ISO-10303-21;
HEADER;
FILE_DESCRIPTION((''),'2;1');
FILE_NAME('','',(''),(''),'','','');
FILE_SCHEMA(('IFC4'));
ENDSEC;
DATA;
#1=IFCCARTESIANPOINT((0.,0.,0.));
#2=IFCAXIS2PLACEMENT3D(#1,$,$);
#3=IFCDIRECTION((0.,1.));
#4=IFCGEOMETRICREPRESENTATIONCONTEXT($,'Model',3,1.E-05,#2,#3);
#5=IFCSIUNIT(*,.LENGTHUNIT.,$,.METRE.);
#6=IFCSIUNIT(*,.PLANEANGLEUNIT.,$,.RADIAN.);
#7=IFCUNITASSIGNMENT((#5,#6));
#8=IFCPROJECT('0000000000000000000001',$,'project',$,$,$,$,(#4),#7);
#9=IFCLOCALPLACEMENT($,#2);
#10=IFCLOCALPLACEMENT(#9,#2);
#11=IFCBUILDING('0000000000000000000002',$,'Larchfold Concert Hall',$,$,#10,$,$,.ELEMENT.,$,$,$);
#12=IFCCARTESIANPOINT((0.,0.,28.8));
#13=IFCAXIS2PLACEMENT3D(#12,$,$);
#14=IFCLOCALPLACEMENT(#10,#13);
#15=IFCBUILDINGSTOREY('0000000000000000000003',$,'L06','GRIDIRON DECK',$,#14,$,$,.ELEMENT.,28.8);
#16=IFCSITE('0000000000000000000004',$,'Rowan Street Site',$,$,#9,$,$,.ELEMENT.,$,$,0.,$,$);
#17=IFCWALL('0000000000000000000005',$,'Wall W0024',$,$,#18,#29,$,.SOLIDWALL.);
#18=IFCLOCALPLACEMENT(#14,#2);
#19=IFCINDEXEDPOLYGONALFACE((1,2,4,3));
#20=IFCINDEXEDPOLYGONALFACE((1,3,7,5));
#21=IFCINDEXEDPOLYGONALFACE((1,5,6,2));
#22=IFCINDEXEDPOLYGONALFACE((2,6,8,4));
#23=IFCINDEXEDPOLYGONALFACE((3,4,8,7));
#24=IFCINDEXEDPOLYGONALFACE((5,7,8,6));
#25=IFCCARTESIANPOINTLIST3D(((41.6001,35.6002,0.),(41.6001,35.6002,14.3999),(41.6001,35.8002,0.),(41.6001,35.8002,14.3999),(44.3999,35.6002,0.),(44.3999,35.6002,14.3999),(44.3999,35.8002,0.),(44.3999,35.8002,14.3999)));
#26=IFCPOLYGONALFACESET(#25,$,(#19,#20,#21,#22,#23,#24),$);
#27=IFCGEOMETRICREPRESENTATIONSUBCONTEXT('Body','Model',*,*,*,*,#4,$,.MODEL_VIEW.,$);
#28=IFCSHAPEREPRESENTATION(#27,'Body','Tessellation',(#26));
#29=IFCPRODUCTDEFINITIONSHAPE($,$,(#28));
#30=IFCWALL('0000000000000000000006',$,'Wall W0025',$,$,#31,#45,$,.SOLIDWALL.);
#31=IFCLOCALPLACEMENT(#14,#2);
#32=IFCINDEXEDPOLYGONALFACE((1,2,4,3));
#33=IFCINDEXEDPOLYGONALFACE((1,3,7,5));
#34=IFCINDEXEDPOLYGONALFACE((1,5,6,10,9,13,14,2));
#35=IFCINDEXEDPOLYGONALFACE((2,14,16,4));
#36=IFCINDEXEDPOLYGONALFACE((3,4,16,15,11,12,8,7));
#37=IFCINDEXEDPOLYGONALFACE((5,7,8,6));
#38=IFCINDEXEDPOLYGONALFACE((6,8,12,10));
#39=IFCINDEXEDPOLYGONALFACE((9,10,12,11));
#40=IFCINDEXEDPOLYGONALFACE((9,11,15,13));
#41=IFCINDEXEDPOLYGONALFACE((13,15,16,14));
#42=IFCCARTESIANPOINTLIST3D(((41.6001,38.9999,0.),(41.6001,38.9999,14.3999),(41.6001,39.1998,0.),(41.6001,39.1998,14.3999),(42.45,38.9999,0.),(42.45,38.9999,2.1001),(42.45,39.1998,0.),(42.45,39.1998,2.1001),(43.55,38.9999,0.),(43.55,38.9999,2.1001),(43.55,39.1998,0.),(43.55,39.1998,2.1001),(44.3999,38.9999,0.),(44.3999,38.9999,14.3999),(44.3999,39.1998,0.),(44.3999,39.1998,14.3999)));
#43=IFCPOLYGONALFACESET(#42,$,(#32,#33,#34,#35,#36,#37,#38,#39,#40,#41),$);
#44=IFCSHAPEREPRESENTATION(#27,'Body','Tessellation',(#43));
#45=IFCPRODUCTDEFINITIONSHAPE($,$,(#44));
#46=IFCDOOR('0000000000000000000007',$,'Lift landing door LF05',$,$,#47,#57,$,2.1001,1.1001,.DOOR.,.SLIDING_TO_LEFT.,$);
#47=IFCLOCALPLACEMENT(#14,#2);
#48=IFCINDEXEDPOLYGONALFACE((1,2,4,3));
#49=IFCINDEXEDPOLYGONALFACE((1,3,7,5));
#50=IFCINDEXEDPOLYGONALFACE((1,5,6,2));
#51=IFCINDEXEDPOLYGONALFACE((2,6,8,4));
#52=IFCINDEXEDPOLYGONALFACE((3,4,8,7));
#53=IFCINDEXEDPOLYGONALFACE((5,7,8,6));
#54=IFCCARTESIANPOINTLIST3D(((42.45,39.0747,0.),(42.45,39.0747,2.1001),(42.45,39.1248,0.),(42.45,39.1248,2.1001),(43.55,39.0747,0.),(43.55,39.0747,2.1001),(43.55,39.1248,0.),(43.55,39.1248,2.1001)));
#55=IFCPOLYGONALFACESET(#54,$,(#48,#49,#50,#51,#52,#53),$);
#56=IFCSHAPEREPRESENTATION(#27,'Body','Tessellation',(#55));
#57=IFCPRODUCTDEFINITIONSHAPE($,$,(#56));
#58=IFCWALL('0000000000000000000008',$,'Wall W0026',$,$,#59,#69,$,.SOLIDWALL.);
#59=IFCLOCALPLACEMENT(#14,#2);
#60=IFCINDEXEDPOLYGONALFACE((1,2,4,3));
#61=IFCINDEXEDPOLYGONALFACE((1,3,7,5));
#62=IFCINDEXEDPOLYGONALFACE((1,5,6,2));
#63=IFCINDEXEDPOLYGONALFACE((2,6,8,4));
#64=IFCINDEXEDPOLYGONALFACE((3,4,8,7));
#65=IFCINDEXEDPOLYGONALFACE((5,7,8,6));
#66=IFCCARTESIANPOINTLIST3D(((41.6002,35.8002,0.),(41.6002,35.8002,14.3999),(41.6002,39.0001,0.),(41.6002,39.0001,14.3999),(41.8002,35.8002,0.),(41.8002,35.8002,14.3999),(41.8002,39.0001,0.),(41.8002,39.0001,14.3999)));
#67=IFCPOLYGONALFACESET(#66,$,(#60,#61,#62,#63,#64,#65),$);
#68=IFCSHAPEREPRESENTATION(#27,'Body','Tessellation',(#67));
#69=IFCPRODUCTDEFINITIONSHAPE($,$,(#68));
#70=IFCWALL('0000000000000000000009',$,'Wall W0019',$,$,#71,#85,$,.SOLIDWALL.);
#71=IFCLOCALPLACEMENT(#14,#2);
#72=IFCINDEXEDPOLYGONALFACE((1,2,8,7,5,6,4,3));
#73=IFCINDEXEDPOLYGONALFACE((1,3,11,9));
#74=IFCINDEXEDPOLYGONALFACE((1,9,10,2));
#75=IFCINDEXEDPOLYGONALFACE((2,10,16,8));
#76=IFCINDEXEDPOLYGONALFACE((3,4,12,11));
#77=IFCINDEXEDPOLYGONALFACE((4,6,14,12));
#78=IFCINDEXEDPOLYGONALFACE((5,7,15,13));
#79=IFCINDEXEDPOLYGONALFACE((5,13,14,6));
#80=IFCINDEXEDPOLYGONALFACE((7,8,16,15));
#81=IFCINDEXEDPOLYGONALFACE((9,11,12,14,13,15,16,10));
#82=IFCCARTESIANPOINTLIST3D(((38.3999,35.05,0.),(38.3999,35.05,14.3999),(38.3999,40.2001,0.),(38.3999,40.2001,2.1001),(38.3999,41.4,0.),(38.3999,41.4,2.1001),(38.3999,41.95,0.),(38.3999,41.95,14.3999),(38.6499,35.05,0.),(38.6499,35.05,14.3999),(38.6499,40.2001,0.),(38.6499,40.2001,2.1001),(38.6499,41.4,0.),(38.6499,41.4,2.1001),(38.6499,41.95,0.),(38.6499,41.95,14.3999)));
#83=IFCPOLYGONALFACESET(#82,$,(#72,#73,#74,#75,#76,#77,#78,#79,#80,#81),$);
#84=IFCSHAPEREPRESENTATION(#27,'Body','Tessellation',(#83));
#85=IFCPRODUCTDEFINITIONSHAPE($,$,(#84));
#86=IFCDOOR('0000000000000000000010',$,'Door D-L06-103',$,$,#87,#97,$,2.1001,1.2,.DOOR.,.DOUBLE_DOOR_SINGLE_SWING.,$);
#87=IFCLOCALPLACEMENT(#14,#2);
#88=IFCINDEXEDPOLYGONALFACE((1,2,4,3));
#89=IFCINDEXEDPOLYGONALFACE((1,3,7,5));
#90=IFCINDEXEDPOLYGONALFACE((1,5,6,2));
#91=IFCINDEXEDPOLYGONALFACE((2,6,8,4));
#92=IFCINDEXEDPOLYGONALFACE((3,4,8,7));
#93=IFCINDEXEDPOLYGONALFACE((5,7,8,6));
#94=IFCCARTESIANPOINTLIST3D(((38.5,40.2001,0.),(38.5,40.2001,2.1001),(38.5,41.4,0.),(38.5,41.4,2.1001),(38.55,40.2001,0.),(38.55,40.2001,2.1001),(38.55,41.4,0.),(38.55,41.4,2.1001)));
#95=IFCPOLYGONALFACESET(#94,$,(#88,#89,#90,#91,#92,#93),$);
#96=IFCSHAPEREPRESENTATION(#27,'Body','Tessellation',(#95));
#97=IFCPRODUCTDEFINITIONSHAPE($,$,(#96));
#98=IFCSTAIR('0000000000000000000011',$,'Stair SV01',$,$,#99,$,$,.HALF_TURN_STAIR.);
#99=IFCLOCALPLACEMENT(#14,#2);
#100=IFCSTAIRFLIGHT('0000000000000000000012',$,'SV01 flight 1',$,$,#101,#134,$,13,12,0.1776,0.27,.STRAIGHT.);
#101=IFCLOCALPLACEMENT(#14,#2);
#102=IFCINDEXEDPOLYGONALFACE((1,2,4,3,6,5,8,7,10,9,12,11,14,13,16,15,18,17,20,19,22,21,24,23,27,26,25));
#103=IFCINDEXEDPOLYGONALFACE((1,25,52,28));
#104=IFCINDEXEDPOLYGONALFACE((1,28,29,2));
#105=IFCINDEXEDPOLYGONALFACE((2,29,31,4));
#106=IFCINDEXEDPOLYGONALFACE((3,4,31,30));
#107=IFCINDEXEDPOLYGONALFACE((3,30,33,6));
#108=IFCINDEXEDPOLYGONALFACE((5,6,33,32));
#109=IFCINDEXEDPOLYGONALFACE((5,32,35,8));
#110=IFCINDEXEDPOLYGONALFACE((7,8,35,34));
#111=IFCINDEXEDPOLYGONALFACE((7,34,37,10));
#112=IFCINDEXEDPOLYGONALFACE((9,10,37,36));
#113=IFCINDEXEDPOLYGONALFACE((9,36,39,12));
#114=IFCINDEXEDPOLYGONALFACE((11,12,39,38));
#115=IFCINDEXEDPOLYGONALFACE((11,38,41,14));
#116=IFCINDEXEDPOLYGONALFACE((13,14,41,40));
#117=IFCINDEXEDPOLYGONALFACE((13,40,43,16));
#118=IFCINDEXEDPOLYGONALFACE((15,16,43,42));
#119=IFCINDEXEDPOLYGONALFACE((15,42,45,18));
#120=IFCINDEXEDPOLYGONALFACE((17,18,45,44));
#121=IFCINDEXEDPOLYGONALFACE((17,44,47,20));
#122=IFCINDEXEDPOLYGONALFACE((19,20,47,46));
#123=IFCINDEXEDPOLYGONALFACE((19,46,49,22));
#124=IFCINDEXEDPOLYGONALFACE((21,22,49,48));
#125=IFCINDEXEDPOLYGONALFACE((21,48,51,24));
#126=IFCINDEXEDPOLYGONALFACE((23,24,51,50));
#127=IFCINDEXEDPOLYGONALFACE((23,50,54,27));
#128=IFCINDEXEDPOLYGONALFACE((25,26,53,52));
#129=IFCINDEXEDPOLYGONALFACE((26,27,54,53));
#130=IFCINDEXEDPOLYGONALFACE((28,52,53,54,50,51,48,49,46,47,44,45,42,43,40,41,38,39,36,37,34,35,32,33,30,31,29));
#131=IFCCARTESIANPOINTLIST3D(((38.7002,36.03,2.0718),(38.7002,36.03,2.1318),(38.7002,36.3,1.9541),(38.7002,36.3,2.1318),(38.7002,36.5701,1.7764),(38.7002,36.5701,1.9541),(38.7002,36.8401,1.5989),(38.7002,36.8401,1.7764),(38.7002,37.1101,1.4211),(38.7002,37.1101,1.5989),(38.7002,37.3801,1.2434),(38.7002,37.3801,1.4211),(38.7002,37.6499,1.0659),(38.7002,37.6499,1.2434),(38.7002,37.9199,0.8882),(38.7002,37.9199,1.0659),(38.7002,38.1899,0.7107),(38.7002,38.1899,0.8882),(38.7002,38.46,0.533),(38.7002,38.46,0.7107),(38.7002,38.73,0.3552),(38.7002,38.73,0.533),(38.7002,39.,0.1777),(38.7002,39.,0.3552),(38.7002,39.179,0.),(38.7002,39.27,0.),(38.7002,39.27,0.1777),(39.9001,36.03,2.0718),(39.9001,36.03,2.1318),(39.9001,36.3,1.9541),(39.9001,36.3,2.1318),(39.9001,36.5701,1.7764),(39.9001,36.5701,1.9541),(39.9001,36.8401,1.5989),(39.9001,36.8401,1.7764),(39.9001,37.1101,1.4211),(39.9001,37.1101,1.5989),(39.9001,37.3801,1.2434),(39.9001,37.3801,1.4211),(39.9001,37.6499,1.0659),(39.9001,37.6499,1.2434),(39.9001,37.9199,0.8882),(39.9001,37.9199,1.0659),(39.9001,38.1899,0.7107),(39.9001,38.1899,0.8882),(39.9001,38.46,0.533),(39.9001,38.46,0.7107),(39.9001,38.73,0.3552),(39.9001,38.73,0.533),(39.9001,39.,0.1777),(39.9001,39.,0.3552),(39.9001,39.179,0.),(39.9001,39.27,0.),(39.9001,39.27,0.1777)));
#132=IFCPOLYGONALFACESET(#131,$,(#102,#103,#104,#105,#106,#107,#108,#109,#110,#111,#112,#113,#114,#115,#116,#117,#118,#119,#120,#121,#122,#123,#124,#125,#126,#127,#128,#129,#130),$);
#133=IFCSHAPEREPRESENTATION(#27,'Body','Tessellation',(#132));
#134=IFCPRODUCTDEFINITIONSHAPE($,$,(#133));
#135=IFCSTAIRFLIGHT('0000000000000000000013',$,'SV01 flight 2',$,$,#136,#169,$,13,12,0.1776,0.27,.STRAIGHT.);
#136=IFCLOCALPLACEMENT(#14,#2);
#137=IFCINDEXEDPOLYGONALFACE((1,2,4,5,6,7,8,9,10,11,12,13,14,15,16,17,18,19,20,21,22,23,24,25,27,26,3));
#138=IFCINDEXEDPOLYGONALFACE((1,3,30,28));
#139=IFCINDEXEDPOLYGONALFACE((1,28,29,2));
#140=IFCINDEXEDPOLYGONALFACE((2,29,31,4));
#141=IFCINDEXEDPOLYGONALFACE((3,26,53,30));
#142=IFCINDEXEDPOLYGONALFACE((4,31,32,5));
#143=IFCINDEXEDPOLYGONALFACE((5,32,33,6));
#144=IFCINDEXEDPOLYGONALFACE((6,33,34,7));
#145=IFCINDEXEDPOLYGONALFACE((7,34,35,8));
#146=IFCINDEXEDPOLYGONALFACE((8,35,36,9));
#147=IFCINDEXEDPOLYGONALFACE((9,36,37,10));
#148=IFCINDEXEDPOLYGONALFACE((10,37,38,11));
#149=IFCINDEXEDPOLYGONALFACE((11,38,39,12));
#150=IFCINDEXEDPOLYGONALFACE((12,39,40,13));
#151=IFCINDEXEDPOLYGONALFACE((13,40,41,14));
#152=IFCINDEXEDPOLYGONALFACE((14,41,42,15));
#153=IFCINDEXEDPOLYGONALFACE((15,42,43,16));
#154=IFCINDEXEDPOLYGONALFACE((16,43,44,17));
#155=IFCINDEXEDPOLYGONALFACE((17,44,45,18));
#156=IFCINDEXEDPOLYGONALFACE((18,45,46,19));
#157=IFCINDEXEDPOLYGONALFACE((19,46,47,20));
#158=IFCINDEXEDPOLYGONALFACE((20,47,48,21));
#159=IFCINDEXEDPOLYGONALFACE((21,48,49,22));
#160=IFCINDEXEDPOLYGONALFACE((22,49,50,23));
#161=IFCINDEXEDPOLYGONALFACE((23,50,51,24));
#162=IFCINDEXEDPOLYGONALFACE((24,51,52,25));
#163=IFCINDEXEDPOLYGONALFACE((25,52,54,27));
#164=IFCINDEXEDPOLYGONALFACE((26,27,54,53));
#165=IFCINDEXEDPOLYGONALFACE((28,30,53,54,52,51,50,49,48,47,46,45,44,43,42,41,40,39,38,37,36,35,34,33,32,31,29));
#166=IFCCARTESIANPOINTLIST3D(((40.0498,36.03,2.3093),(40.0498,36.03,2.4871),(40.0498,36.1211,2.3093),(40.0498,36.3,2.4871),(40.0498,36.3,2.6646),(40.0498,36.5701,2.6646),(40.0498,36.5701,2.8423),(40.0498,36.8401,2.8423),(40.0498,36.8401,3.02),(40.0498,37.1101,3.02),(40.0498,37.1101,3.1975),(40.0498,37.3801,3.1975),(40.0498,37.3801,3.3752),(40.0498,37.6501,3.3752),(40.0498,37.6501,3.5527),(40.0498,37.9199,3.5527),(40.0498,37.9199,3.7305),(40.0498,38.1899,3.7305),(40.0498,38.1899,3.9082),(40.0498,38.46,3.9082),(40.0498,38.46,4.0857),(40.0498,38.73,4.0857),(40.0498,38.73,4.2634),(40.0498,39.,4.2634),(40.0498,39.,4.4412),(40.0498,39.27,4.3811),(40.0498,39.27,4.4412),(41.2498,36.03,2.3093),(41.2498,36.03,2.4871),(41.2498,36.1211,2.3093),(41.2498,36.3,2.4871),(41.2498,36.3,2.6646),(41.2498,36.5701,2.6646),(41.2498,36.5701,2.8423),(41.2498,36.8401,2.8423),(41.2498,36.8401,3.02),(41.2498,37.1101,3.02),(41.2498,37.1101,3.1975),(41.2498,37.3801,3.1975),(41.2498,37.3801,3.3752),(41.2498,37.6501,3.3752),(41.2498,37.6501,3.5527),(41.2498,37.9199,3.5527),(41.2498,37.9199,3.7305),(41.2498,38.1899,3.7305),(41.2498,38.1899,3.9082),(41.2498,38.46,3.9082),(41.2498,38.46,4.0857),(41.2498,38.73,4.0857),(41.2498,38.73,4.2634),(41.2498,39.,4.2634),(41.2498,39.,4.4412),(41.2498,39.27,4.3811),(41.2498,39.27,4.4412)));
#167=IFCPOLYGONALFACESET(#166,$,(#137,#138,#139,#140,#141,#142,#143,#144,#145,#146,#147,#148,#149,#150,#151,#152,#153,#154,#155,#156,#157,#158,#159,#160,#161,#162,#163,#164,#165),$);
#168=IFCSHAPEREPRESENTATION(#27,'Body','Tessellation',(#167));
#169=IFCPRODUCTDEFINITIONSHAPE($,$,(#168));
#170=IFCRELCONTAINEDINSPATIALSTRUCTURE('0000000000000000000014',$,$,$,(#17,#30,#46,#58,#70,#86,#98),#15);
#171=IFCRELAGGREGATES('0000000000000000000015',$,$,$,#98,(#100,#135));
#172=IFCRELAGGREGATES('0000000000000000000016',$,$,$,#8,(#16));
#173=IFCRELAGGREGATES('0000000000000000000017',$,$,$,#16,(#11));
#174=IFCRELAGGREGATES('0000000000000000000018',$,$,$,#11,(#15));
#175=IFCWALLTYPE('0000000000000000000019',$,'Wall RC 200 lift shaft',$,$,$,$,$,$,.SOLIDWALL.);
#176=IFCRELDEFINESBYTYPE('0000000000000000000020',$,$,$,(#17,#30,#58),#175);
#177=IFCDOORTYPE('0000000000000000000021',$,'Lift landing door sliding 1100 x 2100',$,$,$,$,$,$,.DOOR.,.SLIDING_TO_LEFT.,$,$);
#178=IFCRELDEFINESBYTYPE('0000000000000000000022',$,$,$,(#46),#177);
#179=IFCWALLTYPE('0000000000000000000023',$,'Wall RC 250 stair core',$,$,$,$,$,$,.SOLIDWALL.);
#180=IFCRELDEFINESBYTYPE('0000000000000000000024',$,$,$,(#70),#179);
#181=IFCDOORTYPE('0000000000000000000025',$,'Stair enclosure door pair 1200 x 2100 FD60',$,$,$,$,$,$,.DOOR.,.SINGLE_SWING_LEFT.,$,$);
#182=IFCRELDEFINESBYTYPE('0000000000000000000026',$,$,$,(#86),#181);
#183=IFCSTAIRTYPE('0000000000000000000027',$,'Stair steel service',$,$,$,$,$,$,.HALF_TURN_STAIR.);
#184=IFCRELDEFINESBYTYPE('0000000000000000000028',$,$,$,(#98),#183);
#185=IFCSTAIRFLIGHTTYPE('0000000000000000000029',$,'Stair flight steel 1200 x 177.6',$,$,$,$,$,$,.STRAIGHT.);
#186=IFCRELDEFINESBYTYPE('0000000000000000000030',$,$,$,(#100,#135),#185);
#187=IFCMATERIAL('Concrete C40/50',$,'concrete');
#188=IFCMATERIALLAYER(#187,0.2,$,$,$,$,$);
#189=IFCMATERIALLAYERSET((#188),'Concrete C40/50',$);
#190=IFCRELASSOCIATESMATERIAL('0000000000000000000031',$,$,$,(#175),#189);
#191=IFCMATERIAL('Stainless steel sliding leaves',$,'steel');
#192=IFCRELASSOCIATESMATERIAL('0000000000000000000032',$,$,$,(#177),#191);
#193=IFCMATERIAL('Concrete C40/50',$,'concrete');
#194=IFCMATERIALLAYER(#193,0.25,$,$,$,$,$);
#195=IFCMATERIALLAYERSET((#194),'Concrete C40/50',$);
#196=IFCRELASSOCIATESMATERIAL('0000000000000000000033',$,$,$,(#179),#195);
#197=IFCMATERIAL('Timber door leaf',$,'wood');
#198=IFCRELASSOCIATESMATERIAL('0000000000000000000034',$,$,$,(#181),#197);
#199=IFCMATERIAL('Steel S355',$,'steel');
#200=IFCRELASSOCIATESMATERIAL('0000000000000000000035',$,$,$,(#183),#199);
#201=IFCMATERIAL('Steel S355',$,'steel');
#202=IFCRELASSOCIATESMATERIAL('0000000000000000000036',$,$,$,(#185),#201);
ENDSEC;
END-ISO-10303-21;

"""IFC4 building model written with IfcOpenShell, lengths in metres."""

from ifc_helpers import new_model, si_unit, direction, frame, frame_2d, origin, place, context, subcontext, project, spatial, polyline, rectangle, outline, extrude, material, layer, layer_set, type_object, element, fill, aggregate, save


model = new_model("IFC4")

# Units and contexts
model_context = context("Model", 3, precision=1e-05, world=origin(), true_north=direction((0.0, 1.0)))
body_context = subcontext(model_context, "Body", "Model", "MODEL_VIEW")
ifc_project = project(units=[si_unit("LENGTHUNIT", "METRE"), si_unit("PLANEANGLEUNIT", "RADIAN")], contexts=[model_context])

# Site, building, storey
site_placement = place(None, origin())
site = spatial("IfcSite", under=ifc_project, at=site_placement, Name="Rowan Street Site", CompositionType="ELEMENT", RefElevation=0.0)
building_placement = place(site_placement, origin())
building = spatial("IfcBuilding", under=site, at=building_placement, Name="Larchfold Concert Hall", CompositionType="ELEMENT")
storey_placement = place(building_placement, frame((0.0, 0.0, 28.8)))
storey = spatial("IfcBuildingStorey", under=building, at=storey_placement, Name="L06", Description="GRIDIRON DECK", CompositionType="ELEMENT", Elevation=28.8)

# Wall
ifc_material_1 = material(Name="Concrete C40/50", Category="concrete")
ifc_layer_1 = layer(ifc_material_1, 0.2)
ifc_layer_set_1 = layer_set([ifc_layer_1], Name="Concrete C40/50")
wall_type_1 = type_object("IfcWallType", Name="Wall RC 200 lift shaft", PredefinedType="SOLIDWALL", material=ifc_layer_set_1)
wall_1_placement = place(storey_placement, frame((41.6001, 35.7002, 0.0), z_axis=(0.0, 0.0, 1.0), x_axis=(1.0, 0.0, 0.0)))
element("IfcWall", 1, at=wall_1_placement, inside=storey, type_object=wall_type_1, Name="Wall W0024", PredefinedType="SOLIDWALL", context=body_context, shape_type="SweptSolid", body=[
    extrude(rectangle(XDim=2.7998, YDim=0.2, at=frame_2d((1.3999, 0.0))), origin(), (0.0, 0.0, 1.0), 14.3999),
])

# Wall, opening, door
wall_2_placement = place(storey_placement, frame((41.6001, 39.0999, 0.0), z_axis=(0.0, 0.0, 1.0), x_axis=(1.0, 0.0, 0.0)))
wall_2 = element("IfcWall", 2, at=wall_2_placement, inside=storey, type_object=wall_type_1, Name="Wall W0025", PredefinedType="SOLIDWALL", context=body_context, shape_type="SweptSolid", body=[
    extrude(rectangle(XDim=2.7998, YDim=0.2, at=frame_2d((1.3999, 0.0))), origin(), (0.0, 0.0, 1.0), 14.3999),
])
opening_1_placement = place(wall_2_placement, frame((0.8499, 0.0, 0.0)))
opening_1 = element("IfcOpeningElement", 3, at=opening_1_placement, cuts=wall_2, PredefinedType="OPENING", context=body_context, shape_type="SweptSolid", body=[
    extrude(rectangle(XDim=1.1001, YDim=2.1001, at=frame_2d((0.55, 1.05))), frame((0.0, 0.1099, 0.0), z_axis=(0.0, -1.0, 0.0), x_axis=(1.0, 0.0, 0.0)), (0.0, 0.0, 1.0), 0.22),
])
ifc_material_2 = material(Name="Stainless steel sliding leaves", Category="steel")
door_type_1 = type_object("IfcDoorType", Name="Lift landing door sliding 1100 x 2100", OperationType="SLIDING_TO_LEFT", PredefinedType="DOOR", material=ifc_material_2)
door_1_placement = place(opening_1_placement, origin())
door_1 = element("IfcDoor", 4, at=door_1_placement, inside=storey, type_object=door_type_1, Name="Lift landing door LF05", OperationType="SLIDING_TO_LEFT", OverallHeight=2.1001, OverallWidth=1.1001, PredefinedType="DOOR", context=body_context, shape_type="SweptSolid", body=[
    extrude(rectangle(XDim=1.1001, YDim=2.1001, at=frame_2d((0.55, 1.05))), frame((0.0, 0.0249, 0.0), z_axis=(0.0, -1.0, 0.0), x_axis=(1.0, 0.0, 0.0)), (0.0, 0.0, 1.0), 0.05),
])
fill(opening_1, door_1)

# Wall
wall_3_placement = place(storey_placement, frame((41.7002, 35.8, 0.0), z_axis=(0.0, 0.0, 1.0), x_axis=(0.0, 1.0, 0.0)))
element("IfcWall", 5, at=wall_3_placement, inside=storey, type_object=wall_type_1, Name="Wall W0026", PredefinedType="SOLIDWALL", context=body_context, shape_type="SweptSolid", body=[
    extrude(rectangle(XDim=3.2, YDim=0.2, at=frame_2d((1.6001, 0.0))), origin(), (0.0, 0.0, 1.0), 14.3999),
])

# Wall, opening, door
ifc_material_3 = material(Name="Concrete C40/50", Category="concrete")
ifc_layer_2 = layer(ifc_material_3, 0.25)
ifc_layer_set_2 = layer_set([ifc_layer_2], Name="Concrete C40/50")
wall_type_2 = type_object("IfcWallType", Name="Wall RC 250 stair core", PredefinedType="SOLIDWALL", material=ifc_layer_set_2)
wall_4_placement = place(storey_placement, frame((38.5249, 35.05, 0.0), z_axis=(0.0, 0.0, 1.0), x_axis=(0.0, 1.0, 0.0)))
wall_4 = element("IfcWall", 6, at=wall_4_placement, inside=storey, type_object=wall_type_2, Name="Wall W0019", PredefinedType="SOLIDWALL", context=body_context, shape_type="SweptSolid", body=[
    extrude(rectangle(XDim=6.8999, YDim=0.25, at=frame_2d((3.45, 0.0))), origin(), (0.0, 0.0, 1.0), 14.3999),
])
opening_2_placement = place(wall_4_placement, frame((5.1499, 0.0, 0.0)))
opening_2 = element("IfcOpeningElement", 7, at=opening_2_placement, cuts=wall_4, PredefinedType="OPENING", context=body_context, shape_type="SweptSolid", body=[
    extrude(rectangle(XDim=1.2, YDim=2.1001, at=frame_2d((0.6001, 1.05))), frame((0.0, 0.135, 0.0), z_axis=(0.0, -1.0, 0.0), x_axis=(1.0, 0.0, 0.0)), (0.0, 0.0, 1.0), 0.27),
])
ifc_material_4 = material(Name="Timber door leaf", Category="wood")
door_type_2 = type_object("IfcDoorType", Name="Stair enclosure door pair 1200 x 2100 FD60", OperationType="SINGLE_SWING_LEFT", PredefinedType="DOOR", material=ifc_material_4)
door_2_placement = place(opening_2_placement, origin())
door_2 = element("IfcDoor", 8, at=door_2_placement, inside=storey, type_object=door_type_2, Name="Door D-L06-103", OperationType="DOUBLE_DOOR_SINGLE_SWING", OverallHeight=2.1001, OverallWidth=1.2, PredefinedType="DOOR", context=body_context, shape_type="SweptSolid", body=[
    extrude(rectangle(XDim=1.2, YDim=2.1001, at=frame_2d((0.6001, 1.05))), frame((0.0, 0.0249, 0.0), z_axis=(0.0, -1.0, 0.0), x_axis=(1.0, 0.0, 0.0)), (0.0, 0.0, 1.0), 0.05),
])
fill(opening_2, door_2)

# Stair, stair flights
ifc_material_5 = material(Name="Steel S355", Category="steel")
stair_type = type_object("IfcStairType", Name="Stair steel service", PredefinedType="HALF_TURN_STAIR", material=ifc_material_5)
stair_placement = place(storey_placement, origin())
stair = element("IfcStair", 9, at=stair_placement, inside=storey, type_object=stair_type, Name="Stair SV01", PredefinedType="HALF_TURN_STAIR")
ifc_material_6 = material(Name="Steel S355", Category="steel")
stair_flight_type = type_object("IfcStairFlightType", Name="Stair flight steel 1200 x 177.6", PredefinedType="STRAIGHT", material=ifc_material_6)
stair_flight_1_placement = place(storey_placement, frame((39.3, 39.27, 0.0), z_axis=(0.0, 0.0, 1.0), x_axis=(0.0, -1.0, 0.0)))
stair_flight_1 = element("IfcStairFlight", 10, at=stair_flight_1_placement, type_object=stair_flight_type, Name="SV01 flight 1", NumberOfRisers=13, NumberOfTreads=12, PredefinedType="STRAIGHT", RiserHeight=0.1776, TreadLength=0.27, context=body_context, shape_type="SweptSolid", body=[
    extrude(outline(polyline([(0.0, 0.0), (0.0, 0.1777), (0.27, 0.1777), (0.27, 0.3552), (0.54, 0.3552), (0.54, 0.533), (0.8101, 0.533), (0.8101, 0.7107), (1.0801, 0.7107), (1.0801, 0.8882), (1.3501, 0.8882), (1.3501, 1.0659), (1.6201, 1.0659), (1.6201, 1.2434), (1.8899, 1.2434), (1.8899, 1.4211), (2.1599, 1.4211), (2.1599, 1.5989), (2.4299, 1.5989), (2.4299, 1.7764), (2.7, 1.7764), (2.7, 1.9541), (2.97, 1.9541), (2.97, 2.1318), (3.24, 2.1318), (3.24, 2.3093), (3.24, 2.0718), (0.0911, 0.0), (0.0, 0.0)])), frame((0.0, 0.6001, 0.0), z_axis=(0.0, -1.0, 0.0), x_axis=(1.0, 0.0, 0.0)), (0.0, 0.0, 1.0), 1.2),
])
stair_flight_2_placement = place(storey_placement, frame((40.6499, 36.03, 2.3093), z_axis=(0.0, 0.0, 1.0), x_axis=(0.0, 1.0, 0.0)))
stair_flight_2 = element("IfcStairFlight", 11, at=stair_flight_2_placement, type_object=stair_flight_type, Name="SV01 flight 2", NumberOfRisers=13, NumberOfTreads=12, PredefinedType="STRAIGHT", RiserHeight=0.1776, TreadLength=0.27, context=body_context, shape_type="SweptSolid", body=[
    extrude(outline(polyline([(0.0, 0.0), (0.0, 0.1777), (0.27, 0.1777), (0.27, 0.3552), (0.54, 0.3552), (0.54, 0.533), (0.8101, 0.533), (0.8101, 0.7107), (1.0801, 0.7107), (1.0801, 0.8882), (1.3501, 0.8882), (1.3501, 1.0659), (1.6201, 1.0659), (1.6201, 1.2434), (1.8899, 1.2434), (1.8899, 1.4211), (2.1599, 1.4211), (2.1599, 1.5989), (2.4299, 1.5989), (2.4299, 1.7764), (2.7, 1.7764), (2.7, 1.9541), (2.97, 1.9541), (2.97, 2.1318), (3.24, 2.1318), (3.24, 2.3093), (3.24, 2.0718), (0.0911, 0.0), (0.0, 0.0)])), frame((0.0, 0.6001, 0.0), z_axis=(0.0, -1.0, 0.0), x_axis=(1.0, 0.0, 0.0)), (0.0, 0.0, 1.0), 1.2),
])
aggregate(stair, [stair_flight_1, stair_flight_2])

save(model, "model.ifc")
